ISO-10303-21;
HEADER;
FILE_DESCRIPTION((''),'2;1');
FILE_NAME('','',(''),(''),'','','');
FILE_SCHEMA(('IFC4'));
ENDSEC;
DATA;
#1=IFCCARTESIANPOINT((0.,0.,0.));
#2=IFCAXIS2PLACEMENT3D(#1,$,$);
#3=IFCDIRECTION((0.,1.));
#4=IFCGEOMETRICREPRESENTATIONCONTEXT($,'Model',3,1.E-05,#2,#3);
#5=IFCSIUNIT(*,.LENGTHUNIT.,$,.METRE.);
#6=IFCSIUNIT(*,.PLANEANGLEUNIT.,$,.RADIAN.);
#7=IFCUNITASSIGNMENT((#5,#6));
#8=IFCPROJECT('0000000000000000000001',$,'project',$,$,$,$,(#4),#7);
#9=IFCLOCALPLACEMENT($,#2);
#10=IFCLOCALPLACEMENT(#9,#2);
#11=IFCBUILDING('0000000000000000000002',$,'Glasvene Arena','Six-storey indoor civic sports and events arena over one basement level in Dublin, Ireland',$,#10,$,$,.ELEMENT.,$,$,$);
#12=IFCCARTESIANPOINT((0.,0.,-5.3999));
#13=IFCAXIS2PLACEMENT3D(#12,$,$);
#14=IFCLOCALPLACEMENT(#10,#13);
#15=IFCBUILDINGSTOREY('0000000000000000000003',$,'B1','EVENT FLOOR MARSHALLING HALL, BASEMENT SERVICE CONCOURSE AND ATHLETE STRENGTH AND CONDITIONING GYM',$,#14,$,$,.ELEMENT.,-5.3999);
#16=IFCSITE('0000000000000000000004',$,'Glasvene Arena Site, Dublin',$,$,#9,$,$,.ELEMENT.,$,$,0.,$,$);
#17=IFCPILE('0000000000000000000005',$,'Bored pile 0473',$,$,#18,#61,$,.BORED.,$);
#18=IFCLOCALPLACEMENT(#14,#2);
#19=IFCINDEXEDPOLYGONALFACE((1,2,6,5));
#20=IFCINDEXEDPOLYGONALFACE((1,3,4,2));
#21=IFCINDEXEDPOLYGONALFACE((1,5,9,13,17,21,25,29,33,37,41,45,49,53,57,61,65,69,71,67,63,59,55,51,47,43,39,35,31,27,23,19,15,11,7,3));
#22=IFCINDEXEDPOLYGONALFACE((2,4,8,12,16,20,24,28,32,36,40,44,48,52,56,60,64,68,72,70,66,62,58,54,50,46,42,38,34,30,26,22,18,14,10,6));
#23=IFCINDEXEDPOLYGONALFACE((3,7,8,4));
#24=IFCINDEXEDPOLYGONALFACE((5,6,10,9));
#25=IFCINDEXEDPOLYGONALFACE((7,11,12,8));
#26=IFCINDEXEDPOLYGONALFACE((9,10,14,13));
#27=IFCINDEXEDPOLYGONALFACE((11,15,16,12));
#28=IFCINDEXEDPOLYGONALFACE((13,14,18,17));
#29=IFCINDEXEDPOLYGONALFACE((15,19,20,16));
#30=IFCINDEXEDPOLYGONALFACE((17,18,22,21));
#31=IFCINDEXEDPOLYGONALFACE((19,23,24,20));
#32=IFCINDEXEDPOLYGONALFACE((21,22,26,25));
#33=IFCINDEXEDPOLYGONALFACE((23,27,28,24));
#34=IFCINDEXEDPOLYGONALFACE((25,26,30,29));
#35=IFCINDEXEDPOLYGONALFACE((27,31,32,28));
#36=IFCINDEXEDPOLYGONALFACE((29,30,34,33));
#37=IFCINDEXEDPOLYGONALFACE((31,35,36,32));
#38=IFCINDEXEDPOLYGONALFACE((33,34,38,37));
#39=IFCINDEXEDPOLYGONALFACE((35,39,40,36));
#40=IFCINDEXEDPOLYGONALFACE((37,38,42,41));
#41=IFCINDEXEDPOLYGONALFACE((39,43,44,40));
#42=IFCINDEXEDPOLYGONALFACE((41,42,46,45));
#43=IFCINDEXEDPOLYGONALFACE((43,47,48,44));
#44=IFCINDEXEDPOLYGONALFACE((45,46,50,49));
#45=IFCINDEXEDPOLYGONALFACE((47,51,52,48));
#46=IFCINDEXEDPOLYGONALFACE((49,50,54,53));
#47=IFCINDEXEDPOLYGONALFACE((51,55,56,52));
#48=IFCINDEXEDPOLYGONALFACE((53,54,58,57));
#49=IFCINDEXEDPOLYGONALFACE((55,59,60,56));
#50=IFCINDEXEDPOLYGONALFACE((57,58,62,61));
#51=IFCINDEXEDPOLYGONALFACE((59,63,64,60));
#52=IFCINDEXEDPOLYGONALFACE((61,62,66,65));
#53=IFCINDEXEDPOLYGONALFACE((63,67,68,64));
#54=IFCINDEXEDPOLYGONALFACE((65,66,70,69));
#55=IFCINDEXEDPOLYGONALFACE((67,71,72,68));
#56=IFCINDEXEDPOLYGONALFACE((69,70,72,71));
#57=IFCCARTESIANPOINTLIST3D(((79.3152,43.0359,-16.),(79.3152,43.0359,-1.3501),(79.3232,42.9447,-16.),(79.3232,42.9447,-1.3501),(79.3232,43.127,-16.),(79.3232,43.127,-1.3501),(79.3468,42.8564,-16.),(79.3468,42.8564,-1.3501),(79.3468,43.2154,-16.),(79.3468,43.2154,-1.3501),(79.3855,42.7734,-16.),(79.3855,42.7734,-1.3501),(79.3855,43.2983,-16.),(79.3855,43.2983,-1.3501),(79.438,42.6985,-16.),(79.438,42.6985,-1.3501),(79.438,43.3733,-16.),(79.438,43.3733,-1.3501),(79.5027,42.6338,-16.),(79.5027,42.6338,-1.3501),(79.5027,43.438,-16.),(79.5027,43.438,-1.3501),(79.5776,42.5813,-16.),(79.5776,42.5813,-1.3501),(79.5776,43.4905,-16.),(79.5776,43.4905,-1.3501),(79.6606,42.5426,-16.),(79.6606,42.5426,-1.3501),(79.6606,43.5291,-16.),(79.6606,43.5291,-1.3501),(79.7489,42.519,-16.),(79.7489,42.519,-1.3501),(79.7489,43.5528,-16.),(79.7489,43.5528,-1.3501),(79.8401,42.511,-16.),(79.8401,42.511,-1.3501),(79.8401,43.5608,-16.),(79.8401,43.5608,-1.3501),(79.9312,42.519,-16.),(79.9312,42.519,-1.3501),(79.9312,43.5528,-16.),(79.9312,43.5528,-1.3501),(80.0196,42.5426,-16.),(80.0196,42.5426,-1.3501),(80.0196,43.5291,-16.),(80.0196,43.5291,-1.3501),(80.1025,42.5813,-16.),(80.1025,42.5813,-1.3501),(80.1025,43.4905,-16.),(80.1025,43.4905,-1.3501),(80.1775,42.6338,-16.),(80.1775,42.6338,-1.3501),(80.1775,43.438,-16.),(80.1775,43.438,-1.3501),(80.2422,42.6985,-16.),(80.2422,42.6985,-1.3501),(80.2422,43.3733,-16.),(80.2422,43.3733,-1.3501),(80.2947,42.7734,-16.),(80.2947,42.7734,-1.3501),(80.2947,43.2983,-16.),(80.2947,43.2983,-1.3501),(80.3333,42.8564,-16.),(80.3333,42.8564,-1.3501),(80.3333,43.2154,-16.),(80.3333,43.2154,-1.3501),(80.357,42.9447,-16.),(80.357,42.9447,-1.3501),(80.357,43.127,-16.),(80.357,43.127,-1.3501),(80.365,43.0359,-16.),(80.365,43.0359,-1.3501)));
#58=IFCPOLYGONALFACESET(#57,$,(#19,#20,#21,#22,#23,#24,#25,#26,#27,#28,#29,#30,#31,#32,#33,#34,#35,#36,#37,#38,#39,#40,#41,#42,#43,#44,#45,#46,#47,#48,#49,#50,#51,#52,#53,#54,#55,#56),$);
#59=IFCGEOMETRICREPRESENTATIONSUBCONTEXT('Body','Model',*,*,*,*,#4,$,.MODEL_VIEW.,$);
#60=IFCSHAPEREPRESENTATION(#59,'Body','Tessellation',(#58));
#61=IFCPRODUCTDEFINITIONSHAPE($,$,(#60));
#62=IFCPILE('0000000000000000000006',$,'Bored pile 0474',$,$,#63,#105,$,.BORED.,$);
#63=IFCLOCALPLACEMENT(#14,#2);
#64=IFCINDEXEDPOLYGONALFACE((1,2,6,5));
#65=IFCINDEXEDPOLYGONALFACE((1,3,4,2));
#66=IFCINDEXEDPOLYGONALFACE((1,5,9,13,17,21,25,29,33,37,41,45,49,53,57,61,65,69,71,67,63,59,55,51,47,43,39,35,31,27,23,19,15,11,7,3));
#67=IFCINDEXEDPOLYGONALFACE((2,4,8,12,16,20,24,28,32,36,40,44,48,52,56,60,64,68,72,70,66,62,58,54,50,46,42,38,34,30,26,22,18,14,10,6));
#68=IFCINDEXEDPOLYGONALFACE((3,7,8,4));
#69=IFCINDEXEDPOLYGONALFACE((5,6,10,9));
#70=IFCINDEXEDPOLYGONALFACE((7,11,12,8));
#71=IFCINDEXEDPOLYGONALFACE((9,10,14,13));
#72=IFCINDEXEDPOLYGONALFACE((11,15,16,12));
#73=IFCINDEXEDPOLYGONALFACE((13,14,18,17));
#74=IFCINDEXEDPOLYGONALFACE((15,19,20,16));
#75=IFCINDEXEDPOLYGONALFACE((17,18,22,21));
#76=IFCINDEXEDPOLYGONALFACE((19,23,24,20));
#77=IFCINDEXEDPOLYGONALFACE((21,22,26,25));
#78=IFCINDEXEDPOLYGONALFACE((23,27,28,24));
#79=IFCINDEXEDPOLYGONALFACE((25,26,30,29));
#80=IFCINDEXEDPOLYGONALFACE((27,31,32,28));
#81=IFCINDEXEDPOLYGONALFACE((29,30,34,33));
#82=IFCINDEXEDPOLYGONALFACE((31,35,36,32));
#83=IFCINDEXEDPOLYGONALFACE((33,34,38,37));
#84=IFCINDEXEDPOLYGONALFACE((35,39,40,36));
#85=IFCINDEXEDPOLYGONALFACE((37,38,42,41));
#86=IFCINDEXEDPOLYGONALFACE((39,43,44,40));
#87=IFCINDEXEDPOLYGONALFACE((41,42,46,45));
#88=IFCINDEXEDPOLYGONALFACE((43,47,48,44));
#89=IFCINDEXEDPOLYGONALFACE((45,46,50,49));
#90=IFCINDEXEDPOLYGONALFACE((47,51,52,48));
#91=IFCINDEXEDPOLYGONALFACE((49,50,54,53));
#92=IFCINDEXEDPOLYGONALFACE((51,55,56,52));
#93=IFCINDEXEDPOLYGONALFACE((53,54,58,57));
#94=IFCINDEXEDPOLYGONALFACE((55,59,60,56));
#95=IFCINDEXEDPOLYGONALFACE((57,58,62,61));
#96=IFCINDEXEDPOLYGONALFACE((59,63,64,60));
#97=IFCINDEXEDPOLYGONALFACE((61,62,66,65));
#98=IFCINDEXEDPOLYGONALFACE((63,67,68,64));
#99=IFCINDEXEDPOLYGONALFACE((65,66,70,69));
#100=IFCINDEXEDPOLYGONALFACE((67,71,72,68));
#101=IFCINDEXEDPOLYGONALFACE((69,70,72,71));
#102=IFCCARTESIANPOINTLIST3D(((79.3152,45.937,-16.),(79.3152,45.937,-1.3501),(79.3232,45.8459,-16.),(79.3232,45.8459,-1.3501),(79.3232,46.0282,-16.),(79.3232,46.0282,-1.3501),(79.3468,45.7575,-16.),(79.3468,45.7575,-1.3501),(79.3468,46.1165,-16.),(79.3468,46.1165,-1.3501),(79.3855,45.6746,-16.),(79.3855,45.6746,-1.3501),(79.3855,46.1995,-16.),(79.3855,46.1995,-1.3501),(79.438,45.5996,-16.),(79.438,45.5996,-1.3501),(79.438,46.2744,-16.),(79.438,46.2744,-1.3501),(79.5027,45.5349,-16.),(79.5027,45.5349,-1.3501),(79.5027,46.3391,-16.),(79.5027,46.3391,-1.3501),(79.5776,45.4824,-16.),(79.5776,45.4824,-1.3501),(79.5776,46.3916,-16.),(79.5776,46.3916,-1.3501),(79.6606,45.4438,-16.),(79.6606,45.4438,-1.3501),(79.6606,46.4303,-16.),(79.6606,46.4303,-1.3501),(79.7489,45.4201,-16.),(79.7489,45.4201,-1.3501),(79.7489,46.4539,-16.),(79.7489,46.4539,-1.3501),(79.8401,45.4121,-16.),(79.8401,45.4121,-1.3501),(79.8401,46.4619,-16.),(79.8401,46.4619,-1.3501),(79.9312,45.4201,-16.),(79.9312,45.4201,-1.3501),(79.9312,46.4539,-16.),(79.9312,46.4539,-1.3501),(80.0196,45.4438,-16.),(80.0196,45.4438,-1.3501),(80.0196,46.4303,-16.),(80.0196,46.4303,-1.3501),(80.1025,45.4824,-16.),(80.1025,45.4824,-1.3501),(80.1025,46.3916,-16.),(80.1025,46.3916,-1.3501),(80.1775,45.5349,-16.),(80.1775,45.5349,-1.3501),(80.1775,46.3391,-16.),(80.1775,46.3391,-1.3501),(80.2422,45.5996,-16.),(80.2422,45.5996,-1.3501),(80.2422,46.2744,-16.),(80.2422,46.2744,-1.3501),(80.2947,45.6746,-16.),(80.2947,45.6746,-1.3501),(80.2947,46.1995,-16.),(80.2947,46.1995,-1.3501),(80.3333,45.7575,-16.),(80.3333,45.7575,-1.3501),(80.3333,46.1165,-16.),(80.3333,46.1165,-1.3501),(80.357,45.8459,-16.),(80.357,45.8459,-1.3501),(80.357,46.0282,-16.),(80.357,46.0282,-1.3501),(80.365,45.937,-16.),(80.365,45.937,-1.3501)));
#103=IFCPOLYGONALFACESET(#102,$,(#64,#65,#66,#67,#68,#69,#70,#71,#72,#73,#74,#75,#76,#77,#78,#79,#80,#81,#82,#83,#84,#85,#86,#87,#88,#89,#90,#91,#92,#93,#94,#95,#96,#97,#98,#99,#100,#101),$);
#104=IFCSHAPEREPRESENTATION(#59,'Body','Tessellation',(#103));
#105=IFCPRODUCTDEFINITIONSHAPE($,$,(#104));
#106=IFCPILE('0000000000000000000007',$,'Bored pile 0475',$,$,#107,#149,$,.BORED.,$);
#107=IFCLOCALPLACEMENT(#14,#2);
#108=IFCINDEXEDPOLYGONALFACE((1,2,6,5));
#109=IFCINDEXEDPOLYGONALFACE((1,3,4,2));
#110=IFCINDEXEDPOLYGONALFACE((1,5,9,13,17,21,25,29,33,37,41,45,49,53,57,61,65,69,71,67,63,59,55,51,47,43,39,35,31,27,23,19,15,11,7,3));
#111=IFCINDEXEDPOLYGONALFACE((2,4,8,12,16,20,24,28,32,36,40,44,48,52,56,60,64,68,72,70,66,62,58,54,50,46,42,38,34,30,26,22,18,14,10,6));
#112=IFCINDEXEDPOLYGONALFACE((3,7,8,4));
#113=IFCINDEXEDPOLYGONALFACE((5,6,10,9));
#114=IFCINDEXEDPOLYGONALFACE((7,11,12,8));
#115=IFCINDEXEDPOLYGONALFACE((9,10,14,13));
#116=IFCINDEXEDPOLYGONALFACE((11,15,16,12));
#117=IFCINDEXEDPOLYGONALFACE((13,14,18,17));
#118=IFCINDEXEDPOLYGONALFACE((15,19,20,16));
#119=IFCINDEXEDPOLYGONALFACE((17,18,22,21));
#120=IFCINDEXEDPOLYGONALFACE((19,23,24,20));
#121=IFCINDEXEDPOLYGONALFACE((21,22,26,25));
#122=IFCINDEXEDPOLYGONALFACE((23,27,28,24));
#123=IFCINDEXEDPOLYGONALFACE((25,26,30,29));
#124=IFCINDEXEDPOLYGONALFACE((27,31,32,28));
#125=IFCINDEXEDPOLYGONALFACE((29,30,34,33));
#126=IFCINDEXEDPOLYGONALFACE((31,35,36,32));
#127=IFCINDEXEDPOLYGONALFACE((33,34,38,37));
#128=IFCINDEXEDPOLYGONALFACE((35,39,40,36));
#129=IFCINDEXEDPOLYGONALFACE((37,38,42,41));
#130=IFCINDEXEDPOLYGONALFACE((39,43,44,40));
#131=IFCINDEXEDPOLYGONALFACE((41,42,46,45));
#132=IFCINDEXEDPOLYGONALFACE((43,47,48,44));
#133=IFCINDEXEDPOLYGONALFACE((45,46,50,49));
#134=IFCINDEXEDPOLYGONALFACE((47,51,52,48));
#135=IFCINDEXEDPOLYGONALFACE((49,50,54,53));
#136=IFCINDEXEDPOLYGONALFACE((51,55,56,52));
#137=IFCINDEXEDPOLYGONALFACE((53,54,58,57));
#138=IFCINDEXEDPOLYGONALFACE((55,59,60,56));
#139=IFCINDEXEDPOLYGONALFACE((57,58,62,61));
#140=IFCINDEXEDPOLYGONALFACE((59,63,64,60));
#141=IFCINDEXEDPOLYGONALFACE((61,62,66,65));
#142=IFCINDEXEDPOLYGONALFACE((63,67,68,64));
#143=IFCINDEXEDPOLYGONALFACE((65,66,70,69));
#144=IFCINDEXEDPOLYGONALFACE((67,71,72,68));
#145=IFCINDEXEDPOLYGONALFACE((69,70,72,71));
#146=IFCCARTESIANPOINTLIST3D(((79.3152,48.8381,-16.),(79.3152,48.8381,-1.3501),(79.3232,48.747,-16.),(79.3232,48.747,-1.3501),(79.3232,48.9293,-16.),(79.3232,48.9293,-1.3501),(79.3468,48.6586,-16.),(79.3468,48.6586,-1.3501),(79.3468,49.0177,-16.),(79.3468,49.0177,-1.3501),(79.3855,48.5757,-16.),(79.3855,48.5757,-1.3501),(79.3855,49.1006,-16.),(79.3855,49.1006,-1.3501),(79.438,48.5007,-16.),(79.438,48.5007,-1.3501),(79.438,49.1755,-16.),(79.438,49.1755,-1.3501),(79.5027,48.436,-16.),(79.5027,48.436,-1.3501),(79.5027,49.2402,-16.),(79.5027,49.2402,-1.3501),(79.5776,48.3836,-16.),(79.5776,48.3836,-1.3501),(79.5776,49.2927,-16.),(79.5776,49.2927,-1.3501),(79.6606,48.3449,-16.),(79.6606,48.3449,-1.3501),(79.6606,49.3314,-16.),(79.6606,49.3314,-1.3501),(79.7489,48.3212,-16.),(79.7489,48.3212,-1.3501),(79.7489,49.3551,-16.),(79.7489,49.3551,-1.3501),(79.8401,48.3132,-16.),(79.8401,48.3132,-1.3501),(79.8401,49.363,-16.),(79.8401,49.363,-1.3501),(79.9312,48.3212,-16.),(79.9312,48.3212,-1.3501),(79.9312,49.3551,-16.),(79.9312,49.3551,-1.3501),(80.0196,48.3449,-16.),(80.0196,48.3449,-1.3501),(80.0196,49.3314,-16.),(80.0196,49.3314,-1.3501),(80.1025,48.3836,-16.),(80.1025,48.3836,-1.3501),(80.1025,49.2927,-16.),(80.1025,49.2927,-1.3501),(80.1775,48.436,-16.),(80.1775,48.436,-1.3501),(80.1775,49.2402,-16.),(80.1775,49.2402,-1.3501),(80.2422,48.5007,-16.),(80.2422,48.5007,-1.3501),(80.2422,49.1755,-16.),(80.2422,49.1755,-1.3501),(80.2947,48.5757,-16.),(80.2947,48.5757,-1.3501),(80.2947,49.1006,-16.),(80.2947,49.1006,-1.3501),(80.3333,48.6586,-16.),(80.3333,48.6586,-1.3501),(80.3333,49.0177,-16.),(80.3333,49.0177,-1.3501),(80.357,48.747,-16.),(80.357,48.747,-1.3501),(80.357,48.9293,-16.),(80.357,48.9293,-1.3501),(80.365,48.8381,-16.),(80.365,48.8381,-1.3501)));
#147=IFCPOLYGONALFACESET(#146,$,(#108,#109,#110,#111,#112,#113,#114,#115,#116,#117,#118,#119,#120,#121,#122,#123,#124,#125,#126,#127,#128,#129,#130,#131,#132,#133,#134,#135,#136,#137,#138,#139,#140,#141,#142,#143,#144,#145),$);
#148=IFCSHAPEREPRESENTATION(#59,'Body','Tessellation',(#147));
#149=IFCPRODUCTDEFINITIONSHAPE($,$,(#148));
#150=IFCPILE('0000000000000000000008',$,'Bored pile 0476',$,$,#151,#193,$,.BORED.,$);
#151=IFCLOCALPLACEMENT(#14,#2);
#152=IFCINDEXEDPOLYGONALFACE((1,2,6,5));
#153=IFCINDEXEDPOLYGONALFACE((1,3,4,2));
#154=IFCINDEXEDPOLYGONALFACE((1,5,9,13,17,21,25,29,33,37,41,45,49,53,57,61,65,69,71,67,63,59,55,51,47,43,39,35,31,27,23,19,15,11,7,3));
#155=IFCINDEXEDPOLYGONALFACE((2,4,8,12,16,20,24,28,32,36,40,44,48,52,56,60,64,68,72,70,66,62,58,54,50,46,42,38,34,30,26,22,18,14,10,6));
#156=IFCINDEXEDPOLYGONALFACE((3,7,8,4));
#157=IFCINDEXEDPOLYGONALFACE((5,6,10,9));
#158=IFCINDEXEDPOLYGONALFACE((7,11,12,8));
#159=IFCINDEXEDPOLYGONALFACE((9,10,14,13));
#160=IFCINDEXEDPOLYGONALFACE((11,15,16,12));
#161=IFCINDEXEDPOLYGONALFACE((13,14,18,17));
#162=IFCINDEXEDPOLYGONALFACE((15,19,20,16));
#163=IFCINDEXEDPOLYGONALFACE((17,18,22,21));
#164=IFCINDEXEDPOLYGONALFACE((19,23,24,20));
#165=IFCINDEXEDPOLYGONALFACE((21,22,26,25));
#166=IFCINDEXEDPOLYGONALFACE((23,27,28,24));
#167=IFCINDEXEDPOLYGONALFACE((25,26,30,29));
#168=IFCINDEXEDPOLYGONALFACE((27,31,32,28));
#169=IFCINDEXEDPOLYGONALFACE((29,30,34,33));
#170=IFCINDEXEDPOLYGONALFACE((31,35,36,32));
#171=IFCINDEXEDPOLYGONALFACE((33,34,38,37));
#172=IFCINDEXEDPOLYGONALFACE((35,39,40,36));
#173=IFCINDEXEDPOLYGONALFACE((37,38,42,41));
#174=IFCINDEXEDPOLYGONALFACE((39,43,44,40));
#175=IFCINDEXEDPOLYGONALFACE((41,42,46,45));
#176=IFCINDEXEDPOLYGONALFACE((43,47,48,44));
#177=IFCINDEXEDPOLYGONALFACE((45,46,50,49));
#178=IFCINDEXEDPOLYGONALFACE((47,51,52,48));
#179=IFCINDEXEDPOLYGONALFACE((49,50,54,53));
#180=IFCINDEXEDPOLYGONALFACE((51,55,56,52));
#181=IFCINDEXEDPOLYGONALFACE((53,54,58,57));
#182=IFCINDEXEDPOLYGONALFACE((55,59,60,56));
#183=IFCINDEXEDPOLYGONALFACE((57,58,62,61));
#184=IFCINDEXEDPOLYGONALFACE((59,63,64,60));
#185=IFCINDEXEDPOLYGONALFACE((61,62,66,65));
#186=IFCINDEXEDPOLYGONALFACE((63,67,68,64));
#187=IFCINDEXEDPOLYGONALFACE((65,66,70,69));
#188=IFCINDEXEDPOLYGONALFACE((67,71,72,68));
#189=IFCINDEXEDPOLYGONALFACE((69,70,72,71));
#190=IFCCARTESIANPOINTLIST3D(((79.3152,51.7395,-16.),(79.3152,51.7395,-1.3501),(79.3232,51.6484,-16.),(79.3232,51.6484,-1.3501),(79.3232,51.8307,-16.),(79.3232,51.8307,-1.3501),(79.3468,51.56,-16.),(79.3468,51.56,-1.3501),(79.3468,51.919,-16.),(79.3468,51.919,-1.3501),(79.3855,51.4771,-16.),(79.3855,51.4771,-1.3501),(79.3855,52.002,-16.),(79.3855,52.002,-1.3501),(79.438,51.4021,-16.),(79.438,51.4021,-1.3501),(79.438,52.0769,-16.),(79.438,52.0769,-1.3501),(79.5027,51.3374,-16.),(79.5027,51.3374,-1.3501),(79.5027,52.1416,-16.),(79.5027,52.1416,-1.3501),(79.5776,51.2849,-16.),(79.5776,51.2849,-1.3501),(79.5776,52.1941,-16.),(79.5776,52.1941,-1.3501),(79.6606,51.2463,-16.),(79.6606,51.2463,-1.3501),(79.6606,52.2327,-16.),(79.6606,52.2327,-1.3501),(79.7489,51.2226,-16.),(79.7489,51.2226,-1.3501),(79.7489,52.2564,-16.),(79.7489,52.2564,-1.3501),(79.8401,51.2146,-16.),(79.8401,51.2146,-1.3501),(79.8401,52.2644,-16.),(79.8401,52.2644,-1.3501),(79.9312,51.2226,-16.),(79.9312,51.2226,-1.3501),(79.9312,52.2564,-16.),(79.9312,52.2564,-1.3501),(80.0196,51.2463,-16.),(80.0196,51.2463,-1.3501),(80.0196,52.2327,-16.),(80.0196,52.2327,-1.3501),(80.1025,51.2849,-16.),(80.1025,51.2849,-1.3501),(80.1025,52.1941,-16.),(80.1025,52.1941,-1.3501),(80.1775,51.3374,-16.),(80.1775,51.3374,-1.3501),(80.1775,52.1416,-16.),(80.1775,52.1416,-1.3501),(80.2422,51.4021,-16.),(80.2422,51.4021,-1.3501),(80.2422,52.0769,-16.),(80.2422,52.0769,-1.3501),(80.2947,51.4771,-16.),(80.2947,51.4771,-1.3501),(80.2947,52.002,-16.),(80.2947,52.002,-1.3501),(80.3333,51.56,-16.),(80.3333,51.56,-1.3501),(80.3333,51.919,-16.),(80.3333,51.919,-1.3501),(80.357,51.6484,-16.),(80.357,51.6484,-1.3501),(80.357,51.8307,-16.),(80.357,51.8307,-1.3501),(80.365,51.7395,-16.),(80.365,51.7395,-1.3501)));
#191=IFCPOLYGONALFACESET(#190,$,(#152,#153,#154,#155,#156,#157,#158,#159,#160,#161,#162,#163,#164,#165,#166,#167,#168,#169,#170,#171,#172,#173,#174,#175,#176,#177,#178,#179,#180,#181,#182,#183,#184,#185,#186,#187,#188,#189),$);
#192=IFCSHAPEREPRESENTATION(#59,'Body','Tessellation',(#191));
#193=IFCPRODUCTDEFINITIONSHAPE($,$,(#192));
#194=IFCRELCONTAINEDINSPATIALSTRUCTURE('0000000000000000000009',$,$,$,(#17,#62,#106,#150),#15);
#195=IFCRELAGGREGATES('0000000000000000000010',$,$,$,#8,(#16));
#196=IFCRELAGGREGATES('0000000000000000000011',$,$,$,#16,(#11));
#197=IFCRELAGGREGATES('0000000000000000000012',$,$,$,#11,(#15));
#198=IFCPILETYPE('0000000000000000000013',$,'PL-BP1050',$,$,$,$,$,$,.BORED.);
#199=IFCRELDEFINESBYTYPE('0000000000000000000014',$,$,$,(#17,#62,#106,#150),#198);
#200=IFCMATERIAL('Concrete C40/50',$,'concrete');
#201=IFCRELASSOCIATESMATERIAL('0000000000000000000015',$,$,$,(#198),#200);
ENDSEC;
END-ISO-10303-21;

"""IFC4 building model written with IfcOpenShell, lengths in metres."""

from ifc_helpers import new_model, si_unit, direction, frame, origin, origin_2d, place, context, subcontext, project, spatial, circle, extrude, material, material_profile, profile_set, type_object, element, save


model = new_model("IFC4")

# Units and contexts
model_context = context("Model", 3, precision=1e-05, world=origin(), true_north=direction((0.0, 1.0)))
body_context = subcontext(model_context, "Body", "Model", "MODEL_VIEW")
ifc_project = project(units=[si_unit("LENGTHUNIT", "METRE"), si_unit("PLANEANGLEUNIT", "RADIAN")], contexts=[model_context])

# Site, building, storey
site_placement = place(None, origin())
site = spatial("IfcSite", under=ifc_project, at=site_placement, Name="Glasvene Arena Site, Dublin", CompositionType="ELEMENT", RefElevation=0.0)
building_placement = place(site_placement, origin())
building = spatial("IfcBuilding", under=site, at=building_placement, Name="Glasvene Arena", Description="Six-storey indoor civic sports and events arena over one basement level in Dublin, Ireland", CompositionType="ELEMENT")
storey_placement = place(building_placement, frame((0.0, 0.0, -5.3999)))
storey = spatial("IfcBuildingStorey", under=building, at=storey_placement, Name="B1", Description="EVENT FLOOR MARSHALLING HALL, BASEMENT SERVICE CONCOURSE AND ATHLETE STRENGTH AND CONDITIONING GYM", CompositionType="ELEMENT", Elevation=-5.3999)

# Piles
ifc_material_1 = material(Name="Concrete C40/50", Category="concrete")
ifc_material_profile_1 = material_profile(ifc_material_1, circle(Radius=0.5249, at=origin_2d()), Name="BORED PILE 1050")
ifc_profile_set_1 = profile_set([ifc_material_profile_1], Name="Concrete C40/50")
pile_type = type_object("IfcPileType", Name="PL-BP1050", PredefinedType="BORED", material=ifc_profile_set_1)
for number, where, z_axis, x_axis, name in (
    (1, (79.8401, 43.0359, -1.3501), (0.0, 0.0, -1.0), (1.0, 0.0, 0.0), "Bored pile 0473"),
    (2, (79.8401, 45.937, -1.3501), (0.0, 0.0, -1.0), (1.0, 0.0, 0.0), "Bored pile 0474"),
    (3, (79.8401, 48.8381, -1.3501), (0.0, 0.0, -1.0), (1.0, 0.0, 0.0), "Bored pile 0475"),
    (4, (79.8401, 51.7395, -1.3501), (0.0, 0.0, -1.0), (1.0, 0.0, 0.0), "Bored pile 0476"),
):
    element("IfcPile", number, at=place(storey_placement, frame(where, z_axis=z_axis, x_axis=x_axis)), inside=storey, type_object=pile_type, Name=name, PredefinedType="BORED", context=body_context, shape_type="SweptSolid", body=[
        extrude(circle(Radius=0.5249, at=origin_2d()), origin(), (0.0, 0.0, 1.0), 14.6499),
    ])

save(model, "model.ifc")
